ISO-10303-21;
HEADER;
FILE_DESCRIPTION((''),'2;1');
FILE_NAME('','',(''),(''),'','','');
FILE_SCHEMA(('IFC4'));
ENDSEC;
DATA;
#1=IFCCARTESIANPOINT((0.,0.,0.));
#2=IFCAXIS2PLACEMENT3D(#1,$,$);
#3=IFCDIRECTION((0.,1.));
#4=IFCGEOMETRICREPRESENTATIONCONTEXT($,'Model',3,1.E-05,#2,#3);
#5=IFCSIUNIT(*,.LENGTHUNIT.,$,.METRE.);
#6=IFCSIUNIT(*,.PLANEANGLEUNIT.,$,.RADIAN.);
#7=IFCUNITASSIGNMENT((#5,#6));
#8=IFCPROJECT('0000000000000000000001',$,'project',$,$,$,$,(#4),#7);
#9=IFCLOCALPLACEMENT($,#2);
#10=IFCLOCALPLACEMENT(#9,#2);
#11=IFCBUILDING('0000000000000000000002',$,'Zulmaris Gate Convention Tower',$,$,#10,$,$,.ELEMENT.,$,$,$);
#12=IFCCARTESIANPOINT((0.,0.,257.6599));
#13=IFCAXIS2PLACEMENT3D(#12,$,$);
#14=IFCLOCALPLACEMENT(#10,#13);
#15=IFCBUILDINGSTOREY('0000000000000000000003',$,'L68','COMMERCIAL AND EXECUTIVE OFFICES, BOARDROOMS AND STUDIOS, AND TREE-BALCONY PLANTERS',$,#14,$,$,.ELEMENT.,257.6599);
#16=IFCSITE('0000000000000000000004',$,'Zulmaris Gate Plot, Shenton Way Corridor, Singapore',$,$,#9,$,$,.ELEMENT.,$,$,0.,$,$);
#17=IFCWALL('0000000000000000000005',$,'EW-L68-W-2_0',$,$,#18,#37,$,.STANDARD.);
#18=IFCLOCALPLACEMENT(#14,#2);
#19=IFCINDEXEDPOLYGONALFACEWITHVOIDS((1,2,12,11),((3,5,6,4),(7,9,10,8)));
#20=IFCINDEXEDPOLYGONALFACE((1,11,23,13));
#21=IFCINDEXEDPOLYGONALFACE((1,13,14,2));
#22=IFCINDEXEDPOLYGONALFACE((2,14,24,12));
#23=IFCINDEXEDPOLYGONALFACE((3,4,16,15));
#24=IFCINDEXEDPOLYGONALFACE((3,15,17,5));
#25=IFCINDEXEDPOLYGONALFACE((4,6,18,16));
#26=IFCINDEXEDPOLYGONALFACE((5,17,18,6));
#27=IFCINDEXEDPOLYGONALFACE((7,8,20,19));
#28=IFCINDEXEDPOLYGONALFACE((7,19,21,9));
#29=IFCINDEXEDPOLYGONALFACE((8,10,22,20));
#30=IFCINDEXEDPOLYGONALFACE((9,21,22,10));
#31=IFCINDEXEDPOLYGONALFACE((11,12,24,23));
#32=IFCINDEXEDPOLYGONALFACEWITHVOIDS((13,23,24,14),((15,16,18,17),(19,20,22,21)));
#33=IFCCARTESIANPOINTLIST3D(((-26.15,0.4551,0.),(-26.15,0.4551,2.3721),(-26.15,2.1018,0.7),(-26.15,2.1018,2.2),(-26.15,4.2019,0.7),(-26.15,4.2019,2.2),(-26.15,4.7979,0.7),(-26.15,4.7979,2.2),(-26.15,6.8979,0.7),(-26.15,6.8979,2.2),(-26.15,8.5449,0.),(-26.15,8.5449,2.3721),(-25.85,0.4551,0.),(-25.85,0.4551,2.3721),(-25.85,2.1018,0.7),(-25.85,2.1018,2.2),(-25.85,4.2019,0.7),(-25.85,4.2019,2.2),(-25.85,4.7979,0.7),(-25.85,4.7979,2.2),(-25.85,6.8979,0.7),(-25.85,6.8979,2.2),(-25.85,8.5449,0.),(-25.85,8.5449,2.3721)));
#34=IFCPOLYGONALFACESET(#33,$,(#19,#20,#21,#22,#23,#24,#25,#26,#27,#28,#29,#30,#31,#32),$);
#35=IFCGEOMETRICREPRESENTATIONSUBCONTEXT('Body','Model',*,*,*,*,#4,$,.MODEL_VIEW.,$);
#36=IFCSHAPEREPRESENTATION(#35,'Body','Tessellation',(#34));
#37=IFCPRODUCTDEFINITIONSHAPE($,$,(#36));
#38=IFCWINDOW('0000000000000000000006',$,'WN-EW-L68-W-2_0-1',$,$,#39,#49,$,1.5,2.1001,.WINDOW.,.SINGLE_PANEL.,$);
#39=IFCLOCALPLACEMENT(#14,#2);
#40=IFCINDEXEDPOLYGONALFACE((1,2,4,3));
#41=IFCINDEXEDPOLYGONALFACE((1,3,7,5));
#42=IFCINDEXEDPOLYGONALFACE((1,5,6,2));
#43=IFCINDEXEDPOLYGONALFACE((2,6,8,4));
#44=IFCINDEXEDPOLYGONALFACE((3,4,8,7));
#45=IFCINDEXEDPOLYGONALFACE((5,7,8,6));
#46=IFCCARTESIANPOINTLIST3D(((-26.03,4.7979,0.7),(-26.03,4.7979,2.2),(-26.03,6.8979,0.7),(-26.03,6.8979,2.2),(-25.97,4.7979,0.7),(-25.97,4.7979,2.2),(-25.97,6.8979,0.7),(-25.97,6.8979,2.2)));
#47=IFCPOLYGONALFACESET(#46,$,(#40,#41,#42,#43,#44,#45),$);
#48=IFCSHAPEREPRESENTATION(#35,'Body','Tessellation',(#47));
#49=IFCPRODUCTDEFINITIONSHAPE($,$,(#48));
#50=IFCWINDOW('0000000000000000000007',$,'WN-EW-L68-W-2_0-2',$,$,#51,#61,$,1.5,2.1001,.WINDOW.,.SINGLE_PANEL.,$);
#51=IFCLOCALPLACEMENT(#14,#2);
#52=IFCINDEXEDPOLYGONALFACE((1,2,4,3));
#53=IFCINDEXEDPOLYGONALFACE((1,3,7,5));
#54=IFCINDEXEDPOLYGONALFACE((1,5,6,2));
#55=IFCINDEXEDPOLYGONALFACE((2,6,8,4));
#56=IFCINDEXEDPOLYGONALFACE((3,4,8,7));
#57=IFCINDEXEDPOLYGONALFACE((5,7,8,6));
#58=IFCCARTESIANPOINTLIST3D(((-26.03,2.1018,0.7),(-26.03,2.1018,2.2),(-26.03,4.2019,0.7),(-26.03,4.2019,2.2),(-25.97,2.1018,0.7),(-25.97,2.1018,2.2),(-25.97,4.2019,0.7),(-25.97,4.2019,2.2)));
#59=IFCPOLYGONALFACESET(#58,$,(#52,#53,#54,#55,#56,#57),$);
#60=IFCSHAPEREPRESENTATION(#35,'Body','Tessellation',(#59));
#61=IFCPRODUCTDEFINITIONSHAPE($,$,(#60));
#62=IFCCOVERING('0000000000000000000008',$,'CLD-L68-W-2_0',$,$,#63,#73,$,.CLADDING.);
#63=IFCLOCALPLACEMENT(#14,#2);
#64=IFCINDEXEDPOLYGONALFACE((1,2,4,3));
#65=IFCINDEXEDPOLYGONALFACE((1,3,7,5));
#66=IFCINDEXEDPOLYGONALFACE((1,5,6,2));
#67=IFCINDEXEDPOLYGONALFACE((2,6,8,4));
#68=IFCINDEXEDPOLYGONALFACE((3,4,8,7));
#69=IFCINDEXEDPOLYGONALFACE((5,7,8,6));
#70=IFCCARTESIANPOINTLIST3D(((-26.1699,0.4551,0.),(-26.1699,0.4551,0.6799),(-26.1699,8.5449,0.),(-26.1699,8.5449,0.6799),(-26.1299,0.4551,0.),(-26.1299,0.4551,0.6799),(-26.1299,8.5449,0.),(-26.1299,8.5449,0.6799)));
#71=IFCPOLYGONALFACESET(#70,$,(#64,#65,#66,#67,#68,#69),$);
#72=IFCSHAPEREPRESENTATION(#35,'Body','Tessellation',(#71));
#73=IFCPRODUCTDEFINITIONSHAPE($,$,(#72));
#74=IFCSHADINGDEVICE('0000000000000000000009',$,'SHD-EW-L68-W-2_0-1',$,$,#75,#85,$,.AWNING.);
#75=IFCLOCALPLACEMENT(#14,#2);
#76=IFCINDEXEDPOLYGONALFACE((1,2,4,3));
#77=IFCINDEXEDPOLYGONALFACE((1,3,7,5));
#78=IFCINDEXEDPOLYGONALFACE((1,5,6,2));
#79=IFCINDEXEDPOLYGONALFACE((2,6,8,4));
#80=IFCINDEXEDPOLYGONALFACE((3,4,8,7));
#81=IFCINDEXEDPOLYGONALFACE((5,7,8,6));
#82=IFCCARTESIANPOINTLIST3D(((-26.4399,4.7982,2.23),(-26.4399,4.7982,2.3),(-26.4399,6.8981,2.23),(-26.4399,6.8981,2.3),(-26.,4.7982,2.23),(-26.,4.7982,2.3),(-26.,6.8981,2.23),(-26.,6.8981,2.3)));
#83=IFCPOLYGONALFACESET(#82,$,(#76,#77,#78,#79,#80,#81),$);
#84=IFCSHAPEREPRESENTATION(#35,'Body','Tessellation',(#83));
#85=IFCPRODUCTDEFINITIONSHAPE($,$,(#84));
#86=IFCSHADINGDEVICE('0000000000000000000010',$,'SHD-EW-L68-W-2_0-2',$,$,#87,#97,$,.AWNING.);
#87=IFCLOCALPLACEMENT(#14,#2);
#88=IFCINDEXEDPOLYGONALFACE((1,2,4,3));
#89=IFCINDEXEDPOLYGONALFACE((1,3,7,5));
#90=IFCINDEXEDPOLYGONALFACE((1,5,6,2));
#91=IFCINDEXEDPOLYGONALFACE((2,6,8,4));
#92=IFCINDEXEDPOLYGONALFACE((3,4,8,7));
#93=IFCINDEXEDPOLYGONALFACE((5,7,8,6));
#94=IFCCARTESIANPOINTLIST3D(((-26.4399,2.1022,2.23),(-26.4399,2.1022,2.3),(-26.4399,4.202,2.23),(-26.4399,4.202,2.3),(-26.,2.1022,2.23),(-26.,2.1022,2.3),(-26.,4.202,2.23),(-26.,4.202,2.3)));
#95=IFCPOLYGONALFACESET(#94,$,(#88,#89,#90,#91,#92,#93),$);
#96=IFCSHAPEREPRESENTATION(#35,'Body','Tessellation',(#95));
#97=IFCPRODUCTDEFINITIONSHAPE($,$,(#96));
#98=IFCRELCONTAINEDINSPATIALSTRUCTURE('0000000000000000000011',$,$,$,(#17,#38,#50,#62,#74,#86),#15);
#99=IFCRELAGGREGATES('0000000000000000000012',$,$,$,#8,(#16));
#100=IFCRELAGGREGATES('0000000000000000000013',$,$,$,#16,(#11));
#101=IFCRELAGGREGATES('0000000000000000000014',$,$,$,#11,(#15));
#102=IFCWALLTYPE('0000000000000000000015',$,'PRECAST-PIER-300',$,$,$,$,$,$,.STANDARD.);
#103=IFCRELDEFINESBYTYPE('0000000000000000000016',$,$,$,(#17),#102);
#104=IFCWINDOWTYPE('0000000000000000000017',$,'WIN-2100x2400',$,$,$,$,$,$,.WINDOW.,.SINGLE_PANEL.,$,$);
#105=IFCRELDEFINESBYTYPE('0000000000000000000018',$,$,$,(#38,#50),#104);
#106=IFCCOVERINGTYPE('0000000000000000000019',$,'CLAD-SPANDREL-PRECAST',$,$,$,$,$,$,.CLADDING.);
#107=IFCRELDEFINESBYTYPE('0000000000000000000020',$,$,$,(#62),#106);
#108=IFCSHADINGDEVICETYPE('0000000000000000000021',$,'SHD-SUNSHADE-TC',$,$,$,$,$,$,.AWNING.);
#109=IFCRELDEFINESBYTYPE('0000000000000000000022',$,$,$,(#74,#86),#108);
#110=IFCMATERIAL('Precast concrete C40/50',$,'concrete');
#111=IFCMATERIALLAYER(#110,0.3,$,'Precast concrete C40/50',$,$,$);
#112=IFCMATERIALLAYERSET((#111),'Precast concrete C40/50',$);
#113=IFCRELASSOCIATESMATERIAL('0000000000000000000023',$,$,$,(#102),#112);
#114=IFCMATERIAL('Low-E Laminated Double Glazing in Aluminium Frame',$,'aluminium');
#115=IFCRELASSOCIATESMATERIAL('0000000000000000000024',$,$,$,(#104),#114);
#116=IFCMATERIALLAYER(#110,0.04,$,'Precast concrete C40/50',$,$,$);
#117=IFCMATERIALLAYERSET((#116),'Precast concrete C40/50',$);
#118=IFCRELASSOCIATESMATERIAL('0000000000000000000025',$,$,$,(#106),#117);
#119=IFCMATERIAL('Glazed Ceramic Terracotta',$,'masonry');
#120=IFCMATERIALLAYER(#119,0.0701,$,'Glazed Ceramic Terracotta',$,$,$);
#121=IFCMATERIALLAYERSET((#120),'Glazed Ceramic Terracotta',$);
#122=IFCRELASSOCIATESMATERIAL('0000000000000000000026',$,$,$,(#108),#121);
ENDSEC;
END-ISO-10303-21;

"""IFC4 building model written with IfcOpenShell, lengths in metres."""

from ifc_helpers import new_model, si_unit, direction, frame, frame_2d, origin, place, context, subcontext, project, spatial, rectangle, extrude, material, layer, layer_set, type_object, element, fill, save


model = new_model("IFC4")

# Units and contexts
model_context = context("Model", 3, precision=1e-05, world=origin(), true_north=direction((0.0, 1.0)))
body_context = subcontext(model_context, "Body", "Model", "MODEL_VIEW")
ifc_project = project(units=[si_unit("LENGTHUNIT", "METRE"), si_unit("PLANEANGLEUNIT", "RADIAN")], contexts=[model_context])

# Site, building, storey
site_placement = place(None, origin())
site = spatial("IfcSite", under=ifc_project, at=site_placement, Name="Zulmaris Gate Plot, Shenton Way Corridor, Singapore", CompositionType="ELEMENT", RefElevation=0.0)
building_placement = place(site_placement, origin())
building = spatial("IfcBuilding", under=site, at=building_placement, Name="Zulmaris Gate Convention Tower", CompositionType="ELEMENT")
storey_placement = place(building_placement, frame((0.0, 0.0, 257.6599)))
storey = spatial("IfcBuildingStorey", under=building, at=storey_placement, Name="L68", Description="COMMERCIAL AND EXECUTIVE OFFICES, BOARDROOMS AND STUDIOS, AND TREE-BALCONY PLANTERS", CompositionType="ELEMENT", Elevation=257.6599)

# Wall, openings, windows
ifc_material_1 = material(Name="Precast concrete C40/50", Category="concrete")
ifc_layer_1 = layer(ifc_material_1, 0.3, Name="Precast concrete C40/50")
ifc_layer_set_1 = layer_set([ifc_layer_1], Name="Precast concrete C40/50")
wall_type_1 = type_object("IfcWallType", Name="PRECAST-PIER-300", PredefinedType="STANDARD", material=ifc_layer_set_1)
wall_1_placement = place(storey_placement, frame((-26.0, 8.5449, 0.0), z_axis=(0.0, 0.0, 1.0), x_axis=(0.0, -1.0, 0.0)))
wall_1 = element("IfcWall", 1, at=wall_1_placement, inside=storey, type_object=wall_type_1, Name="EW-L68-W-2_0", PredefinedType="STANDARD", context=body_context, shape_type="SweptSolid", body=[
    extrude(rectangle(XDim=8.0898, YDim=0.3, at=frame_2d((4.0449, 0.0))), origin(), (0.0, 0.0, 1.0), 2.3721),
])
opening_1_placement = place(wall_1_placement, frame((1.647, 0.0, 0.7)))
opening_1 = element("IfcOpeningElement", 2, at=opening_1_placement, cuts=wall_1, PredefinedType="OPENING", context=body_context, shape_type="SweptSolid", body=[
    extrude(rectangle(XDim=2.1001, YDim=1.5, at=frame_2d((1.05, 0.75))), frame((0.0, 0.1602, 0.0), z_axis=(0.0, -1.0, 0.0), x_axis=(1.0, 0.0, 0.0)), (0.0, 0.0, 1.0), 0.3201),
])
opening_2_placement = place(wall_1_placement, frame((4.343, 0.0, 0.7)))
opening_2 = element("IfcOpeningElement", 3, at=opening_2_placement, cuts=wall_1, PredefinedType="OPENING", context=body_context, shape_type="SweptSolid", body=[
    extrude(rectangle(XDim=2.1001, YDim=1.5, at=frame_2d((1.05, 0.75))), frame((0.0, 0.1602, 0.0), z_axis=(0.0, -1.0, 0.0), x_axis=(1.0, 0.0, 0.0)), (0.0, 0.0, 1.0), 0.3201),
])
ifc_material_2 = material(Name="Low-E Laminated Double Glazing in Aluminium Frame", Category="aluminium")
window_type = type_object("IfcWindowType", Name="WIN-2100x2400", PartitioningType="SINGLE_PANEL", PredefinedType="WINDOW", material=ifc_material_2)
window_1_placement = place(opening_1_placement, origin())
window_1 = element("IfcWindow", 4, at=window_1_placement, inside=storey, type_object=window_type, Name="WN-EW-L68-W-2_0-1", OverallHeight=1.5, OverallWidth=2.1001, PartitioningType="SINGLE_PANEL", PredefinedType="WINDOW", context=body_context, shape_type="SweptSolid", body=[
    extrude(rectangle(XDim=2.1001, YDim=1.5, at=frame_2d((1.05, 0.75))), frame((0.0, 0.03, 0.0), z_axis=(0.0, -1.0, 0.0), x_axis=(1.0, 0.0, 0.0)), (0.0, 0.0, 1.0), 0.0601),
])
fill(opening_1, window_1)
window_2_placement = place(opening_2_placement, origin())
window_2 = element("IfcWindow", 5, at=window_2_placement, inside=storey, type_object=window_type, Name="WN-EW-L68-W-2_0-2", OverallHeight=1.5, OverallWidth=2.1001, PartitioningType="SINGLE_PANEL", PredefinedType="WINDOW", context=body_context, shape_type="SweptSolid", body=[
    extrude(rectangle(XDim=2.1001, YDim=1.5, at=frame_2d((1.05, 0.75))), frame((0.0, 0.03, 0.0), z_axis=(0.0, -1.0, 0.0), x_axis=(1.0, 0.0, 0.0)), (0.0, 0.0, 1.0), 0.0601),
])
fill(opening_2, window_2)

# Covering
ifc_layer_2 = layer(ifc_material_1, 0.04, Name="Precast concrete C40/50")
ifc_layer_set_2 = layer_set([ifc_layer_2], Name="Precast concrete C40/50")
covering_type = type_object("IfcCoveringType", Name="CLAD-SPANDREL-PRECAST", PredefinedType="CLADDING", material=ifc_layer_set_2)
covering_placement = place(storey_placement, frame((-26.1499, 8.5449, 0.0), z_axis=(0.0, 0.0, 1.0), x_axis=(0.0, -1.0, 0.0)))
element("IfcCovering", 6, at=covering_placement, inside=storey, type_object=covering_type, Name="CLD-L68-W-2_0", PredefinedType="CLADDING", context=body_context, shape_type="SweptSolid", body=[
    extrude(rectangle(XDim=8.0898, YDim=0.04, at=frame_2d((4.0449, 0.0))), origin(), (0.0, 0.0, 1.0), 0.6799),
])

# Shading devices
ifc_material_3 = material(Name="Glazed Ceramic Terracotta", Category="masonry")
ifc_layer_3 = layer(ifc_material_3, 0.0701, Name="Glazed Ceramic Terracotta")
ifc_layer_set_3 = layer_set([ifc_layer_3], Name="Glazed Ceramic Terracotta")
shading_device_type = type_object("IfcShadingDeviceType", Name="SHD-SUNSHADE-TC", PredefinedType="AWNING", material=ifc_layer_set_3)
for number, where, z_axis, x_axis, name in (
    (7, (-26.22, 6.8979, 2.23), (0.0, 0.0, 1.0), (0.0, -1.0, 0.0), "SHD-EW-L68-W-2_0-1"),
    (8, (-26.22, 4.2019, 2.23), (0.0, 0.0, 1.0), (0.0, -1.0, 0.0), "SHD-EW-L68-W-2_0-2"),
):
    element("IfcShadingDevice", number, at=place(storey_placement, frame(where, z_axis=z_axis, x_axis=x_axis)), inside=storey, type_object=shading_device_type, Name=name, PredefinedType="AWNING", context=body_context, shape_type="SweptSolid", body=[
        extrude(rectangle(XDim=2.0999, YDim=0.4399, at=frame_2d((1.0498, 0.0))), origin(), (0.0, 0.0, 1.0), 0.0701),
    ])

save(model, "model.ifc")
